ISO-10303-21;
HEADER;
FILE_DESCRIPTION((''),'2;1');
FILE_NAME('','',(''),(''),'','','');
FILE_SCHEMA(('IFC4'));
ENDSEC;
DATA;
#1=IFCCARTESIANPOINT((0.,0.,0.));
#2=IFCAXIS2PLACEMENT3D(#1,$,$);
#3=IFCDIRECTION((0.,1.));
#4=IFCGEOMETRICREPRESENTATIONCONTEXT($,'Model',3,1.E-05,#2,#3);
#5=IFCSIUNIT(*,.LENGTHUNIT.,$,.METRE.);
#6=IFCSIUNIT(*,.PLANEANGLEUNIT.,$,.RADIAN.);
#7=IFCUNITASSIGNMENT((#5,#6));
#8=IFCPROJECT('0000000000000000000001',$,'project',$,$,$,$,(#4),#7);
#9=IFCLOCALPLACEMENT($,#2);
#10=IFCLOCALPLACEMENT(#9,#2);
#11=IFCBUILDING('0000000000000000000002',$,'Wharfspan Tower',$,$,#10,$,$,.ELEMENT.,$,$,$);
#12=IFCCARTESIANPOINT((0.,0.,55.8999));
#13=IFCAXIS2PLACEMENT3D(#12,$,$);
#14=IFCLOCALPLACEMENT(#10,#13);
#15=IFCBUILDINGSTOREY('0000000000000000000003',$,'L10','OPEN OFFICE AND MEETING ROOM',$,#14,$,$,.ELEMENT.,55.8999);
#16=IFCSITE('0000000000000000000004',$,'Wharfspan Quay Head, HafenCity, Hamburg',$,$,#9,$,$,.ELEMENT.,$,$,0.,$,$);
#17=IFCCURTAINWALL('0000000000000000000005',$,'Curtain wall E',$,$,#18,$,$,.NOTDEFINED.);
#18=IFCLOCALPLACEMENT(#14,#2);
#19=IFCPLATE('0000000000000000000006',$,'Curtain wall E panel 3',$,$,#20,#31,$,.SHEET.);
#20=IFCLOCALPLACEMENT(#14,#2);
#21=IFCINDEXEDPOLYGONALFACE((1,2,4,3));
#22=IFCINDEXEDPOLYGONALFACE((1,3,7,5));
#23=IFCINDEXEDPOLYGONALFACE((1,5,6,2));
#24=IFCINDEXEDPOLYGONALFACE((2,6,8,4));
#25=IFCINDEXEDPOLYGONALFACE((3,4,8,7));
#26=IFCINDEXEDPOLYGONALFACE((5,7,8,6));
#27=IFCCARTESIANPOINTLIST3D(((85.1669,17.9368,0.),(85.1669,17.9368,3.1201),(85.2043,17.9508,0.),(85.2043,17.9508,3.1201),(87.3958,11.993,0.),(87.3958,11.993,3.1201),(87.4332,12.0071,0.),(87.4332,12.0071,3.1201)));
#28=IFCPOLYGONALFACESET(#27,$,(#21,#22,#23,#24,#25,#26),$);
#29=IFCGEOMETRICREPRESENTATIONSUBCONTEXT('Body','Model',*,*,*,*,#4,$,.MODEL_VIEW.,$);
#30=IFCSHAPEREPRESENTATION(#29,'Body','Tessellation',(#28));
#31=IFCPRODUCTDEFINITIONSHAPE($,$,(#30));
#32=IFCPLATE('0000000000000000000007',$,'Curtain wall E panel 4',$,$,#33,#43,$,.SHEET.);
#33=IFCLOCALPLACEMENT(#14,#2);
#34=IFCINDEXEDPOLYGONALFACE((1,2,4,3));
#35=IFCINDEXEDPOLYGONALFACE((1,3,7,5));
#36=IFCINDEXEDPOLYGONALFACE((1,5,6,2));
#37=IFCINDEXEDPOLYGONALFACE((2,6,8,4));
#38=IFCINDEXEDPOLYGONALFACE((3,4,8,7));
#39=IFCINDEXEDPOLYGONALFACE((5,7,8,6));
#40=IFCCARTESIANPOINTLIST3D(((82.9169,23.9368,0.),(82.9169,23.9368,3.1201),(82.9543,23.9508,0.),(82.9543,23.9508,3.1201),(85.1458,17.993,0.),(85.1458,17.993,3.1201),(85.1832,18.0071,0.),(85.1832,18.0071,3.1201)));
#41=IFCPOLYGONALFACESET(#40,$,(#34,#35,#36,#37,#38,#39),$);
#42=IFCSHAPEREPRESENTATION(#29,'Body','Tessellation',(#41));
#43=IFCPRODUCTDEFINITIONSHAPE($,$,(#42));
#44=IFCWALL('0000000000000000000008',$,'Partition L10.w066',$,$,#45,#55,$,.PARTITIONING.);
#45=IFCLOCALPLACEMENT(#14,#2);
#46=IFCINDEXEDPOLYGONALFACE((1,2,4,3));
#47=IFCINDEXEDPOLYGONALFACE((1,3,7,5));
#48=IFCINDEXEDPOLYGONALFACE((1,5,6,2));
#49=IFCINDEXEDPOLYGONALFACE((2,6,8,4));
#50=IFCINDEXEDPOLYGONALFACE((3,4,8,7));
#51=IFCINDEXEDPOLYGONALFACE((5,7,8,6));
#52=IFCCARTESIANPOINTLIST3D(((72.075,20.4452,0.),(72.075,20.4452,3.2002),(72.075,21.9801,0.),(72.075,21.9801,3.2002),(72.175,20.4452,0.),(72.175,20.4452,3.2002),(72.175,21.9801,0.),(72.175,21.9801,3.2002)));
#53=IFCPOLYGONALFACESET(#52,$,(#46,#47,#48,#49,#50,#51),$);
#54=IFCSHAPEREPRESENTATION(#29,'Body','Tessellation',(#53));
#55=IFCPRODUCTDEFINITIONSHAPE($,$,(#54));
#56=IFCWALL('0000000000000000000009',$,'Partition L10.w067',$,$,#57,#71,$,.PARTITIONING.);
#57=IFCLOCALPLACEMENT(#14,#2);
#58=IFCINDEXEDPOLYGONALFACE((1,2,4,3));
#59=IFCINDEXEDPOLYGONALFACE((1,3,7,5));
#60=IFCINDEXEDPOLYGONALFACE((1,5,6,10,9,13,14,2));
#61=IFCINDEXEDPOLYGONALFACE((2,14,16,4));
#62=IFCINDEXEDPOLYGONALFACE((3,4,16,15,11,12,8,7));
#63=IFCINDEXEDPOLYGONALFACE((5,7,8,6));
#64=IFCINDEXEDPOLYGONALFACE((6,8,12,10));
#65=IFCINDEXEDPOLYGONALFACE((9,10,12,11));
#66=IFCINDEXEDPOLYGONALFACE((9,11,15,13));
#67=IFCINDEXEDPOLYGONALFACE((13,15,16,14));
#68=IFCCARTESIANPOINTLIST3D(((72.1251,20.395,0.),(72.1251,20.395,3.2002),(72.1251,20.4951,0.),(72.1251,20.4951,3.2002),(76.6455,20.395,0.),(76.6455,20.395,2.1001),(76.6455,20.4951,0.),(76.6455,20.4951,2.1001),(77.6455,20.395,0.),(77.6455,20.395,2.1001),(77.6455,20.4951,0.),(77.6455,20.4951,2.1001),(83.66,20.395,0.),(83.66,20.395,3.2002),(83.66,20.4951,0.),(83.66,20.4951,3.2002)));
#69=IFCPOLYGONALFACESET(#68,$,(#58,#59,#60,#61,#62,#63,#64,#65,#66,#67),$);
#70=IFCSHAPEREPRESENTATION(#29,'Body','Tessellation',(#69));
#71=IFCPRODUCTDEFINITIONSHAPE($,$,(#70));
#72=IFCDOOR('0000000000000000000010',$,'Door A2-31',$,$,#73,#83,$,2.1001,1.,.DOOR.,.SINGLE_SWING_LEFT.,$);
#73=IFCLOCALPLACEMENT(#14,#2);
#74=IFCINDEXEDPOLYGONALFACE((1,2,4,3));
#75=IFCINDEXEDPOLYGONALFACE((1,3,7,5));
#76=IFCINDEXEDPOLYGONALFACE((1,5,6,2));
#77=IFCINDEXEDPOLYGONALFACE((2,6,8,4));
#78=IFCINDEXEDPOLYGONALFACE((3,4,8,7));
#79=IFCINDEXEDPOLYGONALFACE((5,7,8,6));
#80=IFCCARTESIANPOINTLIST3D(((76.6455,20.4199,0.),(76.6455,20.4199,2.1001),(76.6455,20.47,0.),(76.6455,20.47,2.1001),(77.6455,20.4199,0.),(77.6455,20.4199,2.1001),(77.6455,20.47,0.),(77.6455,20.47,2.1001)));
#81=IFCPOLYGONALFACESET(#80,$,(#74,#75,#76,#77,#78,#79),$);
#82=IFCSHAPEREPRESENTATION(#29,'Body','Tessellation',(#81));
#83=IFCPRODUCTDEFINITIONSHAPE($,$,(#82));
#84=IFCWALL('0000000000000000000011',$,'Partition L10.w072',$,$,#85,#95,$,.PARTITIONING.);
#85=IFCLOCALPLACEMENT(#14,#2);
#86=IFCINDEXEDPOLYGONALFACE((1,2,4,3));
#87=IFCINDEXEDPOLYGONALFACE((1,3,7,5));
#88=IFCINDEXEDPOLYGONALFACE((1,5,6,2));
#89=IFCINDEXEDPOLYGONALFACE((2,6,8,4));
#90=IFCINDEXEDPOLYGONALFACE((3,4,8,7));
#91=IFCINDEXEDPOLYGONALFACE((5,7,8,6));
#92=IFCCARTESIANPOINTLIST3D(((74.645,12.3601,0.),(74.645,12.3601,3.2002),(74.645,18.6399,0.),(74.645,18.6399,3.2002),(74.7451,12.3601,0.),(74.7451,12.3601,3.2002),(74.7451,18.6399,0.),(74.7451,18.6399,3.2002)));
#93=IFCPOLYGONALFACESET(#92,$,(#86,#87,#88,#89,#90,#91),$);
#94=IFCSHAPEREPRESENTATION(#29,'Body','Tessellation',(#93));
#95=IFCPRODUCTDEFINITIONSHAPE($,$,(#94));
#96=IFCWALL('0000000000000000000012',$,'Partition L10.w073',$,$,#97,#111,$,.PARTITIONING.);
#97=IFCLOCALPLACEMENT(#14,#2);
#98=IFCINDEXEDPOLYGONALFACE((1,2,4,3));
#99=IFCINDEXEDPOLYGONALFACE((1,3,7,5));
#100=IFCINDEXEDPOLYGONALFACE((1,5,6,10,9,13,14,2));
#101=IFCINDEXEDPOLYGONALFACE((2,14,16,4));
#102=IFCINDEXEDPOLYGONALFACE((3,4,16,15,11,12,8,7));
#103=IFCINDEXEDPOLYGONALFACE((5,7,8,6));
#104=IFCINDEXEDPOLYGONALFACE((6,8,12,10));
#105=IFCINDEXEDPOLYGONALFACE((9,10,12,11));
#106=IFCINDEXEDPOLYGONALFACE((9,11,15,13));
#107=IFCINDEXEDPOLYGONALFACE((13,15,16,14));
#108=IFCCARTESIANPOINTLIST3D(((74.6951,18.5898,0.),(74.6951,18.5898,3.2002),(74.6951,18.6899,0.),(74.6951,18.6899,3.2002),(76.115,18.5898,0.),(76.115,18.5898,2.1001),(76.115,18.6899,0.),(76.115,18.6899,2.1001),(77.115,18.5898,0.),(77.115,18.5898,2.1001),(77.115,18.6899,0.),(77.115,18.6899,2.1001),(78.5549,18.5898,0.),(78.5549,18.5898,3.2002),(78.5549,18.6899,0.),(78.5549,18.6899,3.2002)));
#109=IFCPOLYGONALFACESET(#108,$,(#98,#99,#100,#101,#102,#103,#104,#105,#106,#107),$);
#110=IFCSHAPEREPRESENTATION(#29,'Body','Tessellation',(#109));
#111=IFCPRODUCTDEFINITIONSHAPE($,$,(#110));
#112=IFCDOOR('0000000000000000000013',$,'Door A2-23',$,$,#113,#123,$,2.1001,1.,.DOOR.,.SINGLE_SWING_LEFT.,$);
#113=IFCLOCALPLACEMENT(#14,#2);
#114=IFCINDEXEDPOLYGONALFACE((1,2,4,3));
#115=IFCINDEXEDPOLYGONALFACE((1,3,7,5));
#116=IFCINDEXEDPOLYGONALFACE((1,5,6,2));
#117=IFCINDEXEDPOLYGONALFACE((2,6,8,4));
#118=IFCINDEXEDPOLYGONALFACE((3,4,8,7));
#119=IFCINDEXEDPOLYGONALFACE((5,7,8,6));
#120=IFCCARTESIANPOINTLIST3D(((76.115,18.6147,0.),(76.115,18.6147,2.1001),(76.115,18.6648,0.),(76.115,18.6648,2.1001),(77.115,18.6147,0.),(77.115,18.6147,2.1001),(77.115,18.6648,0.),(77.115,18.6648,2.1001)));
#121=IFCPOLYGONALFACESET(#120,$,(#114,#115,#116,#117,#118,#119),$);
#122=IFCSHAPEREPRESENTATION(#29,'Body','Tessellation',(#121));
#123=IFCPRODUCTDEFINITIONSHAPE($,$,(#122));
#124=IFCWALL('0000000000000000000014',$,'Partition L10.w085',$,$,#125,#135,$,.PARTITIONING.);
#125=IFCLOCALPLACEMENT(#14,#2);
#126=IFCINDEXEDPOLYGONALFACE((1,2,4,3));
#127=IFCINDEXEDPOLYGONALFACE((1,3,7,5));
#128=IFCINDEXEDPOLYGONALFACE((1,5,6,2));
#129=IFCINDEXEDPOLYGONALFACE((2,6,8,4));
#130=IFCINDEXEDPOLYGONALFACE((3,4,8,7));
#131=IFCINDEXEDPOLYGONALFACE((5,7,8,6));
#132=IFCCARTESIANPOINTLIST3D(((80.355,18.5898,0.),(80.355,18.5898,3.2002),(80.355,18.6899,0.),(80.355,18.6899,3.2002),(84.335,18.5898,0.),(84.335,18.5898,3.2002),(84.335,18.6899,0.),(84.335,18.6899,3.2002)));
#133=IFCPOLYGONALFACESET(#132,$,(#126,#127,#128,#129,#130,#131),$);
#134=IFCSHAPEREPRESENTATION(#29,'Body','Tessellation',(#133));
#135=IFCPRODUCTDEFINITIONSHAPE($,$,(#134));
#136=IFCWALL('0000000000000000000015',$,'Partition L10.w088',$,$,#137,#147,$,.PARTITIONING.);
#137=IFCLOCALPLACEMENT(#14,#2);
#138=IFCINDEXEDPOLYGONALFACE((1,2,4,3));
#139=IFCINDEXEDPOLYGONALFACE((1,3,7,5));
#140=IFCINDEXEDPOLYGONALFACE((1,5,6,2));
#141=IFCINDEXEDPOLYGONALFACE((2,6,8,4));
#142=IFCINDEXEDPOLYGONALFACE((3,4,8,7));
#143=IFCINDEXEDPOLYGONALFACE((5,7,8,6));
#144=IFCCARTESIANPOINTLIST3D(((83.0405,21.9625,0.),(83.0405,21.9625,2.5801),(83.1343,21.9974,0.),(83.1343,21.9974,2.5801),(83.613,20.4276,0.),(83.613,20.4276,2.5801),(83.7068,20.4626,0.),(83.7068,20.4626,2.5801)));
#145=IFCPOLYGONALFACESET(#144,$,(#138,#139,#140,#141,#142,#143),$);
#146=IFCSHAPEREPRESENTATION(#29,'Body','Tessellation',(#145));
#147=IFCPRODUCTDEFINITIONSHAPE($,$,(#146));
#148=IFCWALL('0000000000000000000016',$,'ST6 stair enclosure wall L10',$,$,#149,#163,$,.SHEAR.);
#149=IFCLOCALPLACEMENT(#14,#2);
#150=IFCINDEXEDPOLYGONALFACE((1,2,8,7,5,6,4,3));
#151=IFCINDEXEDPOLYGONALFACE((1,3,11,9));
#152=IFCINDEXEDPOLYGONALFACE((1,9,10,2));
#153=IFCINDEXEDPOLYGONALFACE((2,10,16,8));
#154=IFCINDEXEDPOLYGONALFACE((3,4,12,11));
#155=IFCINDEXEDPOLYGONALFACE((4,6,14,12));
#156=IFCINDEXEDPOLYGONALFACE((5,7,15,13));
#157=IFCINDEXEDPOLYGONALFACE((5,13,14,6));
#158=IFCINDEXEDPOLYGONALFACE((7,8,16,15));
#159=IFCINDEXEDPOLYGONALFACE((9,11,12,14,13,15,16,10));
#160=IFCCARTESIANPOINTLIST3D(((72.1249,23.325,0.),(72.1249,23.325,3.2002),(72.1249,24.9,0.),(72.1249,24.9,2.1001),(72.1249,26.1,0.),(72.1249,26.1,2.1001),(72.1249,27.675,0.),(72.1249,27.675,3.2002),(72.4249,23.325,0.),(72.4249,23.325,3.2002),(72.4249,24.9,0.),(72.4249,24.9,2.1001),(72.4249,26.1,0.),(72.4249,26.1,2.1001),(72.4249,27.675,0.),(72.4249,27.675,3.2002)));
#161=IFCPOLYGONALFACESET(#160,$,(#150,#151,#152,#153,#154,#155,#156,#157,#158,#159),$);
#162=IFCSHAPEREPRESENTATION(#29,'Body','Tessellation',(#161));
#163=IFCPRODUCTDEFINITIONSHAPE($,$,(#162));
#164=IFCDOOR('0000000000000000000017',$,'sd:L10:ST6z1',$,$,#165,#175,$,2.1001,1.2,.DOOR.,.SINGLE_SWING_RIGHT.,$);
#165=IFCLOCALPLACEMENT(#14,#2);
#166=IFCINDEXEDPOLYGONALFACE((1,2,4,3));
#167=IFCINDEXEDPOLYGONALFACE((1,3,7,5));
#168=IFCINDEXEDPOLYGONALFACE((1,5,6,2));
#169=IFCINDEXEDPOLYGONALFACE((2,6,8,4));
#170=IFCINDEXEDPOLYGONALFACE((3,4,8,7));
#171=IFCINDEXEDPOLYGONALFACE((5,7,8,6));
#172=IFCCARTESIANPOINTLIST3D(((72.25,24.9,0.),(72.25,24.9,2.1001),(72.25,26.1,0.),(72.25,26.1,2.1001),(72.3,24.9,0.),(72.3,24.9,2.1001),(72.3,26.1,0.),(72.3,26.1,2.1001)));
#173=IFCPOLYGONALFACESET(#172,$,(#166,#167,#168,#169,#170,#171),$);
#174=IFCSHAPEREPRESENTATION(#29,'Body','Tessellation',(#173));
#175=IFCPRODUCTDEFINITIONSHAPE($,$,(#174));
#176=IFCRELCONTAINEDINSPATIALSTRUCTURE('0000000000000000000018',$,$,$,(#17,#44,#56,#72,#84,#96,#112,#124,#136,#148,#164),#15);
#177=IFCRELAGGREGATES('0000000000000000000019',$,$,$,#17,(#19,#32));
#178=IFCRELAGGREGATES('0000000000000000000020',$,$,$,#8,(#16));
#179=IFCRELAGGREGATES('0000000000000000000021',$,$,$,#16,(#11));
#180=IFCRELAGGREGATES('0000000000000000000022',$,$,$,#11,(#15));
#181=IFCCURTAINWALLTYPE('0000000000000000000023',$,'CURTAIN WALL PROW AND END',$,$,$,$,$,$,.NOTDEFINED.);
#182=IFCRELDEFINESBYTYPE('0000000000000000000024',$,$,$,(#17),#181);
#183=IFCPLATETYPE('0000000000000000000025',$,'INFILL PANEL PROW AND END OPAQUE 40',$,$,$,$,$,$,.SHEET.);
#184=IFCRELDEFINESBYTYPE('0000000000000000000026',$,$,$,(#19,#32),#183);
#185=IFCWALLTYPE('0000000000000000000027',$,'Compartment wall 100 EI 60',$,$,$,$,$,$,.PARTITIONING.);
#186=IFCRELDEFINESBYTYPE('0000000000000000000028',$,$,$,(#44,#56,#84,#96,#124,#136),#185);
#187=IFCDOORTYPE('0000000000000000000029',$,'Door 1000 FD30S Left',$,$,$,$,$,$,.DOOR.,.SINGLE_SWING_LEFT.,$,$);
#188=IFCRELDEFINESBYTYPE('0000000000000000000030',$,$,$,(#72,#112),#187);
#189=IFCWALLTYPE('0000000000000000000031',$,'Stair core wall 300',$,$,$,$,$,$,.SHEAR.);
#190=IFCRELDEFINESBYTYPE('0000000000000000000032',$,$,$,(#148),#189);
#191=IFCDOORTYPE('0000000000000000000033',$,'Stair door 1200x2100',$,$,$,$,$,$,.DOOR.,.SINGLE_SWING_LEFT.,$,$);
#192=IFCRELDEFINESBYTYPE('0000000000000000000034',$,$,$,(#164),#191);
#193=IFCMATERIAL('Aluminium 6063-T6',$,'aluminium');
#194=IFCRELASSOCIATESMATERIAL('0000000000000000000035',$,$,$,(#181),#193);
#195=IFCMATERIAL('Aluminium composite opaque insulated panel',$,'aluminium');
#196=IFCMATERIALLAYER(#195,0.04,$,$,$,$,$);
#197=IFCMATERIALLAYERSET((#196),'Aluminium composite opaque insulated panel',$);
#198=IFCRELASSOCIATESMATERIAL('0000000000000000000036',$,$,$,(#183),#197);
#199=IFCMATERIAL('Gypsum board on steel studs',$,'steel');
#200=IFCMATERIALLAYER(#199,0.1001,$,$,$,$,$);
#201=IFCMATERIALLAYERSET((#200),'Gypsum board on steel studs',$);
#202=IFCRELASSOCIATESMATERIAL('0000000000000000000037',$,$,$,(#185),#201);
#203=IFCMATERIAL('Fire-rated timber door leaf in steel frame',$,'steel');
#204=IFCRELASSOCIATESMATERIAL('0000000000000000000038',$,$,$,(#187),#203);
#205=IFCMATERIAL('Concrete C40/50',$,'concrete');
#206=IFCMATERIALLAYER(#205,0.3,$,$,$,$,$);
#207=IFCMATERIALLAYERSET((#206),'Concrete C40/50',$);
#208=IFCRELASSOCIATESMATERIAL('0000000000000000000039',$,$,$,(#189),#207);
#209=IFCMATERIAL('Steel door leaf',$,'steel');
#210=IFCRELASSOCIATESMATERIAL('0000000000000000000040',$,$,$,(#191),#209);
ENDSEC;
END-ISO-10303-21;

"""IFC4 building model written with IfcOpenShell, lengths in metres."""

from ifc_helpers import new_model, si_unit, direction, frame, frame_2d, origin, origin_2d, place, context, subcontext, project, spatial, rectangle, extrude, material, layer, layer_set, type_object, element, fill, aggregate, save


model = new_model("IFC4")

# Units and contexts
model_context = context("Model", 3, precision=1e-05, world=origin(), true_north=direction((0.0, 1.0)))
body_context = subcontext(model_context, "Body", "Model", "MODEL_VIEW")
ifc_project = project(units=[si_unit("LENGTHUNIT", "METRE"), si_unit("PLANEANGLEUNIT", "RADIAN")], contexts=[model_context])

# Site, building, storey
site_placement = place(None, origin())
site = spatial("IfcSite", under=ifc_project, at=site_placement, Name="Wharfspan Quay Head, HafenCity, Hamburg", CompositionType="ELEMENT", RefElevation=0.0)
building_placement = place(site_placement, origin())
building = spatial("IfcBuilding", under=site, at=building_placement, Name="Wharfspan Tower", CompositionType="ELEMENT")
storey_placement = place(building_placement, frame((0.0, 0.0, 55.8999)))
storey = spatial("IfcBuildingStorey", under=building, at=storey_placement, Name="L10", Description="OPEN OFFICE AND MEETING ROOM", CompositionType="ELEMENT", Elevation=55.8999)

# Curtain wall
ifc_material_1 = material(Name="Aluminium 6063-T6", Category="aluminium")
curtain_wall_type = type_object("IfcCurtainWallType", Name="CURTAIN WALL PROW AND END", PredefinedType="NOTDEFINED", material=ifc_material_1)
curtain_wall_placement = place(storey_placement, origin())
curtain_wall = element("IfcCurtainWall", 1, at=curtain_wall_placement, inside=storey, type_object=curtain_wall_type, Name="Curtain wall E", PredefinedType="NOTDEFINED")

# Plates
ifc_material_2 = material(Name="Aluminium composite opaque insulated panel", Category="aluminium")
ifc_layer_1 = layer(ifc_material_2, 0.04)
ifc_layer_set_1 = layer_set([ifc_layer_1], Name="Aluminium composite opaque insulated panel")
plate_type = type_object("IfcPlateType", Name="INFILL PANEL PROW AND END OPAQUE 40", PredefinedType="SHEET", material=ifc_layer_set_1)
plate_1_placement = place(storey_placement, frame((86.3, 14.9719, 0.0), z_axis=(0.0, 0.0, 1.0), x_axis=(-0.351123, 0.936328, 0.0)))
plate_1 = element("IfcPlate", 2, at=plate_1_placement, type_object=plate_type, Name="Curtain wall E panel 3", PredefinedType="SHEET", context=body_context, shape_type="SweptSolid", body=[
    extrude(rectangle(XDim=6.3479, YDim=0.04, at=origin_2d()), origin(), (0.0, 0.0, 1.0), 3.1201),
])
plate_2_placement = place(storey_placement, frame((84.05, 20.9719, 0.0), z_axis=(0.0, 0.0, 1.0), x_axis=(-0.351123, 0.936328, 0.0)))
plate_2 = element("IfcPlate", 3, at=plate_2_placement, type_object=plate_type, Name="Curtain wall E panel 4", PredefinedType="SHEET", context=body_context, shape_type="SweptSolid", body=[
    extrude(rectangle(XDim=6.3479, YDim=0.04, at=origin_2d()), origin(), (0.0, 0.0, 1.0), 3.1201),
])
aggregate(curtain_wall, [plate_1, plate_2])

# Wall
ifc_material_3 = material(Name="Gypsum board on steel studs", Category="steel")
ifc_layer_2 = layer(ifc_material_3, 0.1001)
ifc_layer_set_2 = layer_set([ifc_layer_2], Name="Gypsum board on steel studs")
wall_type_1 = type_object("IfcWallType", Name="Compartment wall 100 EI 60", PredefinedType="PARTITIONING", material=ifc_layer_set_2)
wall_1_placement = place(storey_placement, frame((72.125, 20.4451, 0.0), z_axis=(0.0, 0.0, 1.0), x_axis=(0.0, 1.0, 0.0)))
element("IfcWall", 4, at=wall_1_placement, inside=storey, type_object=wall_type_1, Name="Partition L10.w066", PredefinedType="PARTITIONING", context=body_context, shape_type="SweptSolid", body=[
    extrude(rectangle(XDim=1.5349, YDim=0.1001, at=frame_2d((0.7676, 0.0))), origin(), (0.0, 0.0, 1.0), 3.2002),
])

# Wall, opening, door
wall_2_placement = place(storey_placement, frame((72.125, 20.4451, 0.0), z_axis=(0.0, 0.0, 1.0), x_axis=(1.0, 0.0, 0.0)))
wall_2 = element("IfcWall", 5, at=wall_2_placement, inside=storey, type_object=wall_type_1, Name="Partition L10.w067", PredefinedType="PARTITIONING", context=body_context, shape_type="SweptSolid", body=[
    extrude(rectangle(XDim=11.5349, YDim=0.1001, at=frame_2d((5.7676, 0.0))), origin(), (0.0, 0.0, 1.0), 3.2002),
])
opening_1_placement = place(wall_2_placement, frame((4.5205, 0.0, 0.0)))
opening_1 = element("IfcOpeningElement", 6, at=opening_1_placement, cuts=wall_2, PredefinedType="OPENING", context=body_context, shape_type="SweptSolid", body=[
    extrude(rectangle(XDim=1.0, YDim=2.1001, at=frame_2d((0.5, 1.05))), frame((0.0, 0.0601, 0.0), z_axis=(0.0, -1.0, 0.0), x_axis=(1.0, 0.0, 0.0)), (0.0, 0.0, 1.0), 0.1201),
])
ifc_material_4 = material(Name="Fire-rated timber door leaf in steel frame", Category="steel")
door_type_1 = type_object("IfcDoorType", Name="Door 1000 FD30S Left", OperationType="SINGLE_SWING_LEFT", PredefinedType="DOOR", material=ifc_material_4)
door_1_placement = place(opening_1_placement, origin())
door_1 = element("IfcDoor", 7, at=door_1_placement, inside=storey, type_object=door_type_1, Name="Door A2-31", OperationType="SINGLE_SWING_LEFT", OverallHeight=2.1001, OverallWidth=1.0, PredefinedType="DOOR", context=body_context, shape_type="SweptSolid", body=[
    extrude(rectangle(XDim=1.0, YDim=2.1001, at=frame_2d((0.5, 1.05))), frame((0.0, 0.0249, 0.0), z_axis=(0.0, -1.0, 0.0), x_axis=(1.0, 0.0, 0.0)), (0.0, 0.0, 1.0), 0.05),
])
fill(opening_1, door_1)

# Wall
wall_3_placement = place(storey_placement, frame((74.6951, 12.3601, 0.0), z_axis=(0.0, 0.0, 1.0), x_axis=(0.0, 1.0, 0.0)))
element("IfcWall", 8, at=wall_3_placement, inside=storey, type_object=wall_type_1, Name="Partition L10.w072", PredefinedType="PARTITIONING", context=body_context, shape_type="SweptSolid", body=[
    extrude(rectangle(XDim=6.2798, YDim=0.1001, at=frame_2d((3.1399, 0.0))), origin(), (0.0, 0.0, 1.0), 3.2002),
])

# Wall, opening, door
wall_4_placement = place(storey_placement, frame((74.6951, 18.6399, 0.0), z_axis=(0.0, 0.0, 1.0), x_axis=(1.0, 0.0, 0.0)))
wall_4 = element("IfcWall", 9, at=wall_4_placement, inside=storey, type_object=wall_type_1, Name="Partition L10.w073", PredefinedType="PARTITIONING", context=body_context, shape_type="SweptSolid", body=[
    extrude(rectangle(XDim=3.8599, YDim=0.1001, at=frame_2d((1.9299, 0.0))), origin(), (0.0, 0.0, 1.0), 3.2002),
])
opening_2_placement = place(wall_4_placement, frame((1.4199, 0.0, 0.0)))
opening_2 = element("IfcOpeningElement", 10, at=opening_2_placement, cuts=wall_4, PredefinedType="OPENING", context=body_context, shape_type="SweptSolid", body=[
    extrude(rectangle(XDim=1.0, YDim=2.1001, at=frame_2d((0.5, 1.05))), frame((0.0, 0.0601, 0.0), z_axis=(0.0, -1.0, 0.0), x_axis=(1.0, 0.0, 0.0)), (0.0, 0.0, 1.0), 0.1201),
])
door_2_placement = place(opening_2_placement, origin())
door_2 = element("IfcDoor", 11, at=door_2_placement, inside=storey, type_object=door_type_1, Name="Door A2-23", OperationType="SINGLE_SWING_LEFT", OverallHeight=2.1001, OverallWidth=1.0, PredefinedType="DOOR", context=body_context, shape_type="SweptSolid", body=[
    extrude(rectangle(XDim=1.0, YDim=2.1001, at=frame_2d((0.5, 1.05))), frame((0.0, 0.0249, 0.0), z_axis=(0.0, -1.0, 0.0), x_axis=(1.0, 0.0, 0.0)), (0.0, 0.0, 1.0), 0.05),
])
fill(opening_2, door_2)

# Walls
wall_5_placement = place(storey_placement, frame((80.355, 18.6399, 0.0), z_axis=(0.0, 0.0, 1.0), x_axis=(1.0, 0.0, 0.0)))
element("IfcWall", 12, at=wall_5_placement, inside=storey, type_object=wall_type_1, Name="Partition L10.w085", PredefinedType="PARTITIONING", context=body_context, shape_type="SweptSolid", body=[
    extrude(rectangle(XDim=3.98, YDim=0.1001, at=frame_2d((1.99, 0.0))), origin(), (0.0, 0.0, 1.0), 3.2002),
])
wall_6_placement = place(storey_placement, frame((83.6599, 20.4451, 0.0), z_axis=(0.0, 0.0, 1.0), x_axis=(-0.349474, 0.936948, 0.0)))
element("IfcWall", 13, at=wall_6_placement, inside=storey, type_object=wall_type_1, Name="Partition L10.w088", PredefinedType="PARTITIONING", context=body_context, shape_type="SweptSolid", body=[
    extrude(rectangle(XDim=1.6382, YDim=0.1001, at=frame_2d((0.8191, 0.0))), origin(), (0.0, 0.0, 1.0), 2.5801),
])

# Wall, opening, door
ifc_material_5 = material(Name="Concrete C40/50", Category="concrete")
ifc_layer_3 = layer(ifc_material_5, 0.3)
ifc_layer_set_3 = layer_set([ifc_layer_3], Name="Concrete C40/50")
wall_type_2 = type_object("IfcWallType", Name="Stair core wall 300", PredefinedType="SHEAR", material=ifc_layer_set_3)
wall_7_placement = place(storey_placement, frame((72.2749, 23.325, 0.0), z_axis=(0.0, 0.0, 1.0), x_axis=(0.0, 1.0, 0.0)))
wall_7 = element("IfcWall", 14, at=wall_7_placement, inside=storey, type_object=wall_type_2, Name="ST6 stair enclosure wall L10", PredefinedType="SHEAR", context=body_context, shape_type="SweptSolid", body=[
    extrude(rectangle(XDim=4.3501, YDim=0.3, at=frame_2d((2.175, 0.0))), origin(), (0.0, 0.0, 1.0), 3.2002),
])
opening_3_placement = place(wall_7_placement, frame((1.575, 0.0, 0.0)))
opening_3 = element("IfcOpeningElement", 15, at=opening_3_placement, cuts=wall_7, PredefinedType="OPENING", context=body_context, shape_type="SweptSolid", body=[
    extrude(rectangle(XDim=1.2, YDim=2.1001, at=frame_2d((0.6001, 1.05))), frame((0.0, 0.1599, 0.0), z_axis=(0.0, -1.0, 0.0), x_axis=(1.0, 0.0, 0.0)), (0.0, 0.0, 1.0), 0.3201),
])
ifc_material_6 = material(Name="Steel door leaf", Category="steel")
door_type_2 = type_object("IfcDoorType", Name="Stair door 1200x2100", OperationType="SINGLE_SWING_LEFT", PredefinedType="DOOR", material=ifc_material_6)
door_3_placement = place(opening_3_placement, origin())
door_3 = element("IfcDoor", 16, at=door_3_placement, inside=storey, type_object=door_type_2, Name="sd:L10:ST6z1", OperationType="SINGLE_SWING_RIGHT", OverallHeight=2.1001, OverallWidth=1.2, PredefinedType="DOOR", context=body_context, shape_type="SweptSolid", body=[
    extrude(rectangle(XDim=1.2, YDim=2.1001, at=frame_2d((0.6001, 1.05))), frame((0.0, 0.0249, 0.0), z_axis=(0.0, -1.0, 0.0), x_axis=(1.0, 0.0, 0.0)), (0.0, 0.0, 1.0), 0.05),
])
fill(opening_3, door_3)

save(model, "model.ifc")
